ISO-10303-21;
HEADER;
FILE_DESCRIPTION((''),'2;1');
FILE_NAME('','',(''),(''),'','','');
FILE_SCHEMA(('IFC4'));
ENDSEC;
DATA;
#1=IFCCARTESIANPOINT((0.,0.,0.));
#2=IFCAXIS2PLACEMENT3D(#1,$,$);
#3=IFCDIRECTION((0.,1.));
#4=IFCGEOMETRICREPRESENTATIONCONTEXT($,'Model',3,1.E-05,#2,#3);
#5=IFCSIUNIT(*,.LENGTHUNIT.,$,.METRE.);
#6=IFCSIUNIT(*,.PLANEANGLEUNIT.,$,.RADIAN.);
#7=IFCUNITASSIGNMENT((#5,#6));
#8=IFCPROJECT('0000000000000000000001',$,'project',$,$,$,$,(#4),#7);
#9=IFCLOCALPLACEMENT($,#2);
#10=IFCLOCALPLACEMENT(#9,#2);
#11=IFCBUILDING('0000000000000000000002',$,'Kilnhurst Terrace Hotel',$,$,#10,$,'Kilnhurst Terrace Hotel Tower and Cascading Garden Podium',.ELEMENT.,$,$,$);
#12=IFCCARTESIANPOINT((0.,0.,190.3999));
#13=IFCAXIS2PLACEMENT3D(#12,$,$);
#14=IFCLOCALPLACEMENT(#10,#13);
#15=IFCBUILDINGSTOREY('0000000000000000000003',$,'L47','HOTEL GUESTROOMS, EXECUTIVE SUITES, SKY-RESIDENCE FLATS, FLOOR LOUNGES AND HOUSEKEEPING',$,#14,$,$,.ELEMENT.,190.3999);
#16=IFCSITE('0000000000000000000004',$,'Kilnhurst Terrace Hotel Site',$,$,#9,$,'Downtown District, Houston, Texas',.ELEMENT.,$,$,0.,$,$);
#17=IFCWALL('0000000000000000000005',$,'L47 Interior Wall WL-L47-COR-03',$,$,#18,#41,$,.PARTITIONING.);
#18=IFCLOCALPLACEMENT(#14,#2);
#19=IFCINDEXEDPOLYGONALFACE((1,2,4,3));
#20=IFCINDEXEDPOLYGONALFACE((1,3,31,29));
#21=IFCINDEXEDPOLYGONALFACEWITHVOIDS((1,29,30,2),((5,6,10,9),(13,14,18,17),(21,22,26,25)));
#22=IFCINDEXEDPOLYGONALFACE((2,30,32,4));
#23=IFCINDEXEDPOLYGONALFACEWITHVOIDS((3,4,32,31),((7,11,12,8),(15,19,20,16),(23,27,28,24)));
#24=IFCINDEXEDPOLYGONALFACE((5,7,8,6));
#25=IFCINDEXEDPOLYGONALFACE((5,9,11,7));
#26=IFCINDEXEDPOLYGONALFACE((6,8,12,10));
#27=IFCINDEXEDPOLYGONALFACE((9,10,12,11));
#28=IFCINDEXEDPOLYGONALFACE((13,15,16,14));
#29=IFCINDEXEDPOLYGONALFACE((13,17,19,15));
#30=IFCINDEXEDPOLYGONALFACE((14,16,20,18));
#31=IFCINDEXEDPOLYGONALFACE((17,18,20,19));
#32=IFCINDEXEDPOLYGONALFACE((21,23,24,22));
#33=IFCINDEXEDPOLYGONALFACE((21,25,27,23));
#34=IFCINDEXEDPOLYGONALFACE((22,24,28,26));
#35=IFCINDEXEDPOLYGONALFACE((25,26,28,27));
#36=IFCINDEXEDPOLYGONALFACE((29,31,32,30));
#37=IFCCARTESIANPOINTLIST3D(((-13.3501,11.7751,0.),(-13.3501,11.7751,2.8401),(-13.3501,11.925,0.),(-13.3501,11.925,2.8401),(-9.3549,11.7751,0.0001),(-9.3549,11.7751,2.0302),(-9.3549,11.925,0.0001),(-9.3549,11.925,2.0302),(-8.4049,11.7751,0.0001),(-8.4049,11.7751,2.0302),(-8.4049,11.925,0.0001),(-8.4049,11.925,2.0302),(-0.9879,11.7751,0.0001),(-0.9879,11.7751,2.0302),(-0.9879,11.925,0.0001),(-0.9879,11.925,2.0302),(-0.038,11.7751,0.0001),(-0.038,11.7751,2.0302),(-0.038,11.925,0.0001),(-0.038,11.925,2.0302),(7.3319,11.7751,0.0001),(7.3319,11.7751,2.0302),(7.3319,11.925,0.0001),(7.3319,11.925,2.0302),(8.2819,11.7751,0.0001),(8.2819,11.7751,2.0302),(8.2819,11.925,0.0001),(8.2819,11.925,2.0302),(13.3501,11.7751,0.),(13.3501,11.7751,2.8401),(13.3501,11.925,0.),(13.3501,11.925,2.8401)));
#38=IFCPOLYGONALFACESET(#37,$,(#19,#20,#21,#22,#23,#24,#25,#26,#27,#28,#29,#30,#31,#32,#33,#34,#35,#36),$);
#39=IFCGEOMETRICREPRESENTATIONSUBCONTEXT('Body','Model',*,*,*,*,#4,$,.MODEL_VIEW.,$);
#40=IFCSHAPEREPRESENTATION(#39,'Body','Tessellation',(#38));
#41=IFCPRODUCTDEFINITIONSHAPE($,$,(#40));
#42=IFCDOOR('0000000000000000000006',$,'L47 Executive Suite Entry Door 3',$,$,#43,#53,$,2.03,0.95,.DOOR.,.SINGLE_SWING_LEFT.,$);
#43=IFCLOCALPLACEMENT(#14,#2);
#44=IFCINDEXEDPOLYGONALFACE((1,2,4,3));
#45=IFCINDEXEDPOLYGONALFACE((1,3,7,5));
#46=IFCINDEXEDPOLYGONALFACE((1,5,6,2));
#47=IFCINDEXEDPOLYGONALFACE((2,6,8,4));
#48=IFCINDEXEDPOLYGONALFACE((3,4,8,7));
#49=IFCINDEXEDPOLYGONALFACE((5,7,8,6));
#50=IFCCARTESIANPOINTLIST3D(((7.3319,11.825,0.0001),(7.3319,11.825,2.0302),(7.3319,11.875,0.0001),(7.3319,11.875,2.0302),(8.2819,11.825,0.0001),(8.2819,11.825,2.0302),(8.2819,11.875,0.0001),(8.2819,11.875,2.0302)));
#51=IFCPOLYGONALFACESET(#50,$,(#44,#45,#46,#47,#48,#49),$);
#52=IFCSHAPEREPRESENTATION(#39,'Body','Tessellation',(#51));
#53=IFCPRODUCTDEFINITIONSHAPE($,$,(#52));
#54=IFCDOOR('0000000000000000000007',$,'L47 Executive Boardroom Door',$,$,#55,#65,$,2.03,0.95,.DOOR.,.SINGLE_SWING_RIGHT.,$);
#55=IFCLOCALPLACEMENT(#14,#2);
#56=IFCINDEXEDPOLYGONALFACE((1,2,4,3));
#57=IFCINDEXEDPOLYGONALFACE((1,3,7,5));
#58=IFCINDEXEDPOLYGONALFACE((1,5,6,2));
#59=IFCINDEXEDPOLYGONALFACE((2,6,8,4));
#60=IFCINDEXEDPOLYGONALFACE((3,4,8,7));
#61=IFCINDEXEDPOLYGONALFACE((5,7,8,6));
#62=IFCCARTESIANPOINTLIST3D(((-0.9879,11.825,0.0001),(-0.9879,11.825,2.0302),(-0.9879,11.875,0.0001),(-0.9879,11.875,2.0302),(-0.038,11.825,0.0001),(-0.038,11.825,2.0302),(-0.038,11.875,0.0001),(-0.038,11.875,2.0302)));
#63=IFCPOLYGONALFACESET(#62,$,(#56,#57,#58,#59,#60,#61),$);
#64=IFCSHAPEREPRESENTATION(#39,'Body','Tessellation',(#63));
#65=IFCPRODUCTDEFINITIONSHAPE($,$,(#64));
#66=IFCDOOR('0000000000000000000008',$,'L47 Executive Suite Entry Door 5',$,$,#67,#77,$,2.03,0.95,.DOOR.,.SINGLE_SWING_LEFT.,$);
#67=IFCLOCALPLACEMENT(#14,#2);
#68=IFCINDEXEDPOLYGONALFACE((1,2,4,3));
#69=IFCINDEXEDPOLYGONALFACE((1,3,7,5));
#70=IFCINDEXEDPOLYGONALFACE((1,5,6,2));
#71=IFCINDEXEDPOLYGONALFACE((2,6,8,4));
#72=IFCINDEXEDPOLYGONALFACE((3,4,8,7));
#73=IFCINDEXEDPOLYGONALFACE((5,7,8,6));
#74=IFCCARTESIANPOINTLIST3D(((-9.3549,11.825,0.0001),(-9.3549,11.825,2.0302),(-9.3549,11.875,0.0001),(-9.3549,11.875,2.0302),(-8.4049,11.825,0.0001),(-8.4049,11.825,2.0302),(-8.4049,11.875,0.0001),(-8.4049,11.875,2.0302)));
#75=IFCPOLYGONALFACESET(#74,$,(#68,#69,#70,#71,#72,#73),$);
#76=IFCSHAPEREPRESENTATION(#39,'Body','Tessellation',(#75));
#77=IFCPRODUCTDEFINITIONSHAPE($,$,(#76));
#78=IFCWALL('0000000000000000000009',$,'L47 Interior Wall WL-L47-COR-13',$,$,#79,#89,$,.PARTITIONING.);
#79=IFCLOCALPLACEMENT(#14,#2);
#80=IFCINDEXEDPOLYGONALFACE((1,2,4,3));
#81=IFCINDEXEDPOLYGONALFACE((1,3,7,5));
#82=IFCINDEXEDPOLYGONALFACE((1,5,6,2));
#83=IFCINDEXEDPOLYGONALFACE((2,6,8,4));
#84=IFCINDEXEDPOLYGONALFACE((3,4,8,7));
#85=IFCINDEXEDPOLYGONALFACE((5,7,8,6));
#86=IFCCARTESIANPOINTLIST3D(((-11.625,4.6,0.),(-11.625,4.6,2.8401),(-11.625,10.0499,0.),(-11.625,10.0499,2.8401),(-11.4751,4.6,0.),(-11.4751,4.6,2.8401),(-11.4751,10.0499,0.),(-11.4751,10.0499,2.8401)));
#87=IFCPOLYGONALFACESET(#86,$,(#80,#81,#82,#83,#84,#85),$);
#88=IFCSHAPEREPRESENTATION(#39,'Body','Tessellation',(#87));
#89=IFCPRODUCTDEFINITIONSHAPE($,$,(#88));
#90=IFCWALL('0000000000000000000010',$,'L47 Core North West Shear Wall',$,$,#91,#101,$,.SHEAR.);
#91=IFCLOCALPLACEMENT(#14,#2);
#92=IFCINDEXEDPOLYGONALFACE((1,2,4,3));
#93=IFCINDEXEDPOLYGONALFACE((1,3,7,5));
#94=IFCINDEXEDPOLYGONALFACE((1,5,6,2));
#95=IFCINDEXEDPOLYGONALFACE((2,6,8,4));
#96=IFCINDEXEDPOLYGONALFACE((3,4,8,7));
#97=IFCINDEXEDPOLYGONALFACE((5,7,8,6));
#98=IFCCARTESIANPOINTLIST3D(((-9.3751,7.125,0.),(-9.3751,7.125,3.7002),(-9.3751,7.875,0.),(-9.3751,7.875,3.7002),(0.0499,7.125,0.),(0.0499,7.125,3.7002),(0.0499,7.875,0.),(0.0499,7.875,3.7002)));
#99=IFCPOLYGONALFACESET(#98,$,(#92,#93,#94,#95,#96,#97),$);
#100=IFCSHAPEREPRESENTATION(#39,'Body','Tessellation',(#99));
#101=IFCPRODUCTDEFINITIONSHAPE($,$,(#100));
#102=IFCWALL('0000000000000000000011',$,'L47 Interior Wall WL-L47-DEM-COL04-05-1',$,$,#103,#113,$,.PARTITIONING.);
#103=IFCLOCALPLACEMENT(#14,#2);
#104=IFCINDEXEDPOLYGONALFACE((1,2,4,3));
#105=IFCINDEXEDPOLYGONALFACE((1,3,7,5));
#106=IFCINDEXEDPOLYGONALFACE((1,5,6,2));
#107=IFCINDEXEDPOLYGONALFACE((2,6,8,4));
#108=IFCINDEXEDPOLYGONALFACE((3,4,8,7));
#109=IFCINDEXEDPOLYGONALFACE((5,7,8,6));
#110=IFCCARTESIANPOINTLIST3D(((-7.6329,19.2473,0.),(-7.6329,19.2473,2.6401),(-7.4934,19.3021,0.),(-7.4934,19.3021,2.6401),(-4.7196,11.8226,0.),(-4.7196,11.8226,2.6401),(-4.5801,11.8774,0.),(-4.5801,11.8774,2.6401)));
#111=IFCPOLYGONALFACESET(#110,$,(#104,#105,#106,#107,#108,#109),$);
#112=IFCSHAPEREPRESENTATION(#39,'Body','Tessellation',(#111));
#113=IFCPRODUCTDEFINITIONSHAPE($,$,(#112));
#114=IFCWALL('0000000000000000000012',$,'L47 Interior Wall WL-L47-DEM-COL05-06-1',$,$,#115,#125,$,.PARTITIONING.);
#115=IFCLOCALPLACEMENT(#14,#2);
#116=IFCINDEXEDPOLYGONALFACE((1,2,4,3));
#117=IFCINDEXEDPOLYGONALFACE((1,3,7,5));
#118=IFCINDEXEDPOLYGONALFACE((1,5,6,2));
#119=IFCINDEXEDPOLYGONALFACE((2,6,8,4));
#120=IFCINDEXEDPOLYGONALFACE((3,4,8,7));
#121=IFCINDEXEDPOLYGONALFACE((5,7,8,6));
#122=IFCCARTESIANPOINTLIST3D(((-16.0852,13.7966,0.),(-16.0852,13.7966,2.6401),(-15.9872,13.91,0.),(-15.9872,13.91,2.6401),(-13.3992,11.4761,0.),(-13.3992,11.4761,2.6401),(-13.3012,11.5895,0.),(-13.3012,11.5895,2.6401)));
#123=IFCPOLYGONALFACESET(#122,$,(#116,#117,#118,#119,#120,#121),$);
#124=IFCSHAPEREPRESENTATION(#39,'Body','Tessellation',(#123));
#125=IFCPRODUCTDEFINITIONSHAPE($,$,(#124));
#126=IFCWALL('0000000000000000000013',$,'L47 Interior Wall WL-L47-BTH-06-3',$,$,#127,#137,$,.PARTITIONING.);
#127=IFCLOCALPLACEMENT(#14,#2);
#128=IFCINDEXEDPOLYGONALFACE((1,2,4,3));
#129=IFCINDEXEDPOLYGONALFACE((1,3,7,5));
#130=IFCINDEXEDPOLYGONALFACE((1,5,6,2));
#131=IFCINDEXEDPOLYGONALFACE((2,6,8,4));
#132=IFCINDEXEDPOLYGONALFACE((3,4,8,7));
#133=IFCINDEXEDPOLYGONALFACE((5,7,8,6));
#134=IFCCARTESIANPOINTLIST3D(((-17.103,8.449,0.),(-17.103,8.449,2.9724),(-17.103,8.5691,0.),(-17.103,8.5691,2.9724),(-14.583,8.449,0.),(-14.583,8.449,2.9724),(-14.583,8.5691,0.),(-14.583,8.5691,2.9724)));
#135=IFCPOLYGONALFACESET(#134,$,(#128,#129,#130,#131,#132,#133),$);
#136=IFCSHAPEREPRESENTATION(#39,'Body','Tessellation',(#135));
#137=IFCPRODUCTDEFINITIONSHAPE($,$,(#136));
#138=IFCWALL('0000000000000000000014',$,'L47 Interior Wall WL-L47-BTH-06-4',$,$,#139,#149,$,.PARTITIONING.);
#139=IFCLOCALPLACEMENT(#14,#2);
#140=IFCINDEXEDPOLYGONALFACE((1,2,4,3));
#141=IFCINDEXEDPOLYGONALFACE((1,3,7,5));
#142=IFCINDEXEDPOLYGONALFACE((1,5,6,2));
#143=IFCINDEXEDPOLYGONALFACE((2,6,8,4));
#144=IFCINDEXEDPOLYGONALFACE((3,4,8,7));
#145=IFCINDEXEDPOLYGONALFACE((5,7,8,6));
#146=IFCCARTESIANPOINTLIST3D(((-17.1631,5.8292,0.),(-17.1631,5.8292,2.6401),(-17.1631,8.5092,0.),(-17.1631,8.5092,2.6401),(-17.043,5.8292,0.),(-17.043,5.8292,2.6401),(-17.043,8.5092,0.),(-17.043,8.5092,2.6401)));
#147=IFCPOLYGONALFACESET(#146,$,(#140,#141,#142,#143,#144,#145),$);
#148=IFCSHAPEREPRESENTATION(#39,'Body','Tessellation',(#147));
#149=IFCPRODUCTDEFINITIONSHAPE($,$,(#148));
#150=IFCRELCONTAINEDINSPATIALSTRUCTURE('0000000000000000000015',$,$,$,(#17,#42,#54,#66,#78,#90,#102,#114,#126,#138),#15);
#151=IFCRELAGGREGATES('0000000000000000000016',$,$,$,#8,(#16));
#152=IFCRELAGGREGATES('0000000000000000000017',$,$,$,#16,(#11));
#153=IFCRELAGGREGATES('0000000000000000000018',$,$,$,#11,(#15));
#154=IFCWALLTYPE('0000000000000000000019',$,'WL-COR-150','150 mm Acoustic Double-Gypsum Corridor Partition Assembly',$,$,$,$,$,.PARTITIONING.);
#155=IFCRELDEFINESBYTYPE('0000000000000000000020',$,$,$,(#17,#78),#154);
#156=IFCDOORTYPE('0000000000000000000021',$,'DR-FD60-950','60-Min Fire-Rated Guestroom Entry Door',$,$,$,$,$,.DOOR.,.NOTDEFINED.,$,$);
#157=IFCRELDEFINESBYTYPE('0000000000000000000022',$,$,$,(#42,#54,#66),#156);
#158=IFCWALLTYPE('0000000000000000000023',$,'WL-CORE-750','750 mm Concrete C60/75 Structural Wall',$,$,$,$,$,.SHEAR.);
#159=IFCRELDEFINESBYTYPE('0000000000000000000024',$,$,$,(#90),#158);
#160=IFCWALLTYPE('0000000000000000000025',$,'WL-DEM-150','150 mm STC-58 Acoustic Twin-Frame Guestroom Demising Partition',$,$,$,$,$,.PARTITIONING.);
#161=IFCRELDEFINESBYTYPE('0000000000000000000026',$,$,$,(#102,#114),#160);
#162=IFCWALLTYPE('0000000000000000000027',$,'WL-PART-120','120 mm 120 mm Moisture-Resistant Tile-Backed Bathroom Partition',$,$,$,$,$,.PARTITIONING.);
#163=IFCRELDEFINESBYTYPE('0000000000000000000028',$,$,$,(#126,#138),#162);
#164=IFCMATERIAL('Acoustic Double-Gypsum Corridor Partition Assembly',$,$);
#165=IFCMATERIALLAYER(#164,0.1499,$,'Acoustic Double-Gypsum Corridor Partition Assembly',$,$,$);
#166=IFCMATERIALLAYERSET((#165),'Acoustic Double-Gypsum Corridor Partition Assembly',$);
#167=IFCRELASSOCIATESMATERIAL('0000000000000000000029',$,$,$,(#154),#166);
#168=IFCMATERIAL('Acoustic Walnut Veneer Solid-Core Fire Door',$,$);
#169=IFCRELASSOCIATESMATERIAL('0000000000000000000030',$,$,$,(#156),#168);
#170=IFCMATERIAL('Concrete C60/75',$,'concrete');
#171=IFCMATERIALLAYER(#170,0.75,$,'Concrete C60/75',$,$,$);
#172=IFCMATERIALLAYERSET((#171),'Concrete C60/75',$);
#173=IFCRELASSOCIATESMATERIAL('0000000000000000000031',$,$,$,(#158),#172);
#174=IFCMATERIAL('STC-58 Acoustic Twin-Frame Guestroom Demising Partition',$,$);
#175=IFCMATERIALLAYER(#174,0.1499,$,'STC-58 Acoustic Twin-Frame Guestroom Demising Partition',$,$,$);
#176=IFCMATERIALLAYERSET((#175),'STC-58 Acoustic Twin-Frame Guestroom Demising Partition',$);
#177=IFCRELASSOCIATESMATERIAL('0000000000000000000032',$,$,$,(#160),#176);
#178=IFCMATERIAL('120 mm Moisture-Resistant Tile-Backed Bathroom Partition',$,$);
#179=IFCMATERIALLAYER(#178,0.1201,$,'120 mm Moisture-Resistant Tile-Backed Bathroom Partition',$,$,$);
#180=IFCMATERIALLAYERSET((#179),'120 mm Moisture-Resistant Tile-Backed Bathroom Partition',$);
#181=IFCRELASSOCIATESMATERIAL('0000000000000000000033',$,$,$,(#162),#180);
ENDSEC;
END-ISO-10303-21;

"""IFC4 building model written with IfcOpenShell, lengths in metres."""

from ifc_helpers import new_model, si_unit, direction, frame, frame_2d, origin, place, context, subcontext, project, spatial, rectangle, extrude, material, layer, layer_set, type_object, element, fill, save


model = new_model("IFC4")

# Units and contexts
model_context = context("Model", 3, precision=1e-05, world=origin(), true_north=direction((0.0, 1.0)))
body_context = subcontext(model_context, "Body", "Model", "MODEL_VIEW")
ifc_project = project(units=[si_unit("LENGTHUNIT", "METRE"), si_unit("PLANEANGLEUNIT", "RADIAN")], contexts=[model_context])

# Site, building, storey
site_placement = place(None, origin())
site = spatial("IfcSite", under=ifc_project, at=site_placement, Name="Kilnhurst Terrace Hotel Site", LongName="Downtown District, Houston, Texas", CompositionType="ELEMENT", RefElevation=0.0)
building_placement = place(site_placement, origin())
building = spatial("IfcBuilding", under=site, at=building_placement, Name="Kilnhurst Terrace Hotel", LongName="Kilnhurst Terrace Hotel Tower and Cascading Garden Podium", CompositionType="ELEMENT")
storey_placement = place(building_placement, frame((0.0, 0.0, 190.3999)))
storey = spatial("IfcBuildingStorey", under=building, at=storey_placement, Name="L47", Description="HOTEL GUESTROOMS, EXECUTIVE SUITES, SKY-RESIDENCE FLATS, FLOOR LOUNGES AND HOUSEKEEPING", CompositionType="ELEMENT", Elevation=190.3999)

# Wall, openings, doors
ifc_material_1 = material(Name="Acoustic Double-Gypsum Corridor Partition Assembly")
ifc_layer_1 = layer(ifc_material_1, 0.1499, Name="Acoustic Double-Gypsum Corridor Partition Assembly")
ifc_layer_set_1 = layer_set([ifc_layer_1], Name="Acoustic Double-Gypsum Corridor Partition Assembly")
wall_type_1 = type_object("IfcWallType", Name="WL-COR-150", Description="150 mm Acoustic Double-Gypsum Corridor Partition Assembly", PredefinedType="PARTITIONING", material=ifc_layer_set_1)
wall_1_placement = place(storey_placement, frame((-13.3501, 11.8501, 0.0), z_axis=(0.0, 0.0, 1.0), x_axis=(1.0, 0.0, 0.0)))
wall_1 = element("IfcWall", 1, at=wall_1_placement, inside=storey, type_object=wall_type_1, Name="L47 Interior Wall WL-L47-COR-03", PredefinedType="PARTITIONING", context=body_context, shape_type="SweptSolid", body=[
    extrude(rectangle(XDim=26.7002, YDim=0.1499, at=frame_2d((13.3501, 0.0))), origin(), (0.0, 0.0, 1.0), 2.8401),
])
opening_1_placement = place(wall_1_placement, frame((20.6819, 0.0, 0.0)))
opening_1 = element("IfcOpeningElement", 2, at=opening_1_placement, cuts=wall_1, PredefinedType="OPENING", context=body_context, shape_type="SweptSolid", body=[
    extrude(rectangle(XDim=0.95, YDim=2.03, at=frame_2d((0.4751, 1.0151))), frame((0.0, 0.085, 0.0), z_axis=(0.0, -1.0, 0.0), x_axis=(1.0, 0.0, 0.0)), (0.0, 0.0, 1.0), 0.1699),
])
opening_2_placement = place(wall_1_placement, frame((12.3621, 0.0, 0.0)))
opening_2 = element("IfcOpeningElement", 3, at=opening_2_placement, cuts=wall_1, PredefinedType="OPENING", context=body_context, shape_type="SweptSolid", body=[
    extrude(rectangle(XDim=0.95, YDim=2.03, at=frame_2d((0.4751, 1.0151))), frame((0.0, 0.085, 0.0), z_axis=(0.0, -1.0, 0.0), x_axis=(1.0, 0.0, 0.0)), (0.0, 0.0, 1.0), 0.1699),
])
opening_3_placement = place(wall_1_placement, frame((3.9951, 0.0, 0.0)))
opening_3 = element("IfcOpeningElement", 4, at=opening_3_placement, cuts=wall_1, PredefinedType="OPENING", context=body_context, shape_type="SweptSolid", body=[
    extrude(rectangle(XDim=0.95, YDim=2.03, at=frame_2d((0.4751, 1.0151))), frame((0.0, 0.085, 0.0), z_axis=(0.0, -1.0, 0.0), x_axis=(1.0, 0.0, 0.0)), (0.0, 0.0, 1.0), 0.1699),
])
ifc_material_2 = material(Name="Acoustic Walnut Veneer Solid-Core Fire Door")
door_type = type_object("IfcDoorType", Name="DR-FD60-950", Description="60-Min Fire-Rated Guestroom Entry Door", OperationType="NOTDEFINED", PredefinedType="DOOR", material=ifc_material_2)
door_1_placement = place(opening_1_placement, origin())
door_1 = element("IfcDoor", 5, at=door_1_placement, inside=storey, type_object=door_type, Name="L47 Executive Suite Entry Door 3", OperationType="SINGLE_SWING_LEFT", OverallHeight=2.03, OverallWidth=0.95, PredefinedType="DOOR", context=body_context, shape_type="SweptSolid", body=[
    extrude(rectangle(XDim=0.95, YDim=2.03, at=frame_2d((0.4751, 1.0151))), frame((0.0, 0.0249, 0.0), z_axis=(0.0, -1.0, 0.0), x_axis=(1.0, 0.0, 0.0)), (0.0, 0.0, 1.0), 0.05),
])
fill(opening_1, door_1)
door_2_placement = place(opening_2_placement, origin())
door_2 = element("IfcDoor", 6, at=door_2_placement, inside=storey, type_object=door_type, Name="L47 Executive Boardroom Door", OperationType="SINGLE_SWING_RIGHT", OverallHeight=2.03, OverallWidth=0.95, PredefinedType="DOOR", context=body_context, shape_type="SweptSolid", body=[
    extrude(rectangle(XDim=0.95, YDim=2.03, at=frame_2d((0.4751, 1.0151))), frame((0.0, 0.0249, 0.0), z_axis=(0.0, -1.0, 0.0), x_axis=(1.0, 0.0, 0.0)), (0.0, 0.0, 1.0), 0.05),
])
fill(opening_2, door_2)
door_3_placement = place(opening_3_placement, origin())
door_3 = element("IfcDoor", 7, at=door_3_placement, inside=storey, type_object=door_type, Name="L47 Executive Suite Entry Door 5", OperationType="SINGLE_SWING_LEFT", OverallHeight=2.03, OverallWidth=0.95, PredefinedType="DOOR", context=body_context, shape_type="SweptSolid", body=[
    extrude(rectangle(XDim=0.95, YDim=2.03, at=frame_2d((0.4751, 1.0151))), frame((0.0, 0.0249, 0.0), z_axis=(0.0, -1.0, 0.0), x_axis=(1.0, 0.0, 0.0)), (0.0, 0.0, 1.0), 0.05),
])
fill(opening_3, door_3)

# Walls
wall_2_placement = place(storey_placement, frame((-11.55, 10.05, 0.0), z_axis=(0.0, 0.0, 1.0), x_axis=(0.0, -1.0, 0.0)))
element("IfcWall", 8, at=wall_2_placement, inside=storey, type_object=wall_type_1, Name="L47 Interior Wall WL-L47-COR-13", PredefinedType="PARTITIONING", context=body_context, shape_type="SweptSolid", body=[
    extrude(rectangle(XDim=5.45, YDim=0.1499, at=frame_2d((2.7251, 0.0))), origin(), (0.0, 0.0, 1.0), 2.8401),
])
ifc_material_3 = material(Name="Concrete C60/75", Category="concrete")
ifc_layer_2 = layer(ifc_material_3, 0.75, Name="Concrete C60/75")
ifc_layer_set_2 = layer_set([ifc_layer_2], Name="Concrete C60/75")
wall_type_2 = type_object("IfcWallType", Name="WL-CORE-750", Description="750 mm Concrete C60/75 Structural Wall", PredefinedType="SHEAR", material=ifc_layer_set_2)
wall_3_placement = place(storey_placement, frame((-9.375, 7.5, 0.0), z_axis=(0.0, 0.0, 1.0), x_axis=(1.0, 0.0, 0.0)))
element("IfcWall", 9, at=wall_3_placement, inside=storey, type_object=wall_type_2, Name="L47 Core North West Shear Wall", PredefinedType="SHEAR", context=body_context, shape_type="SweptSolid", body=[
    extrude(rectangle(XDim=9.425, YDim=0.75, at=frame_2d((4.7124, 0.0))), origin(), (0.0, 0.0, 1.0), 3.7002),
])
ifc_material_4 = material(Name="STC-58 Acoustic Twin-Frame Guestroom Demising Partition")
ifc_layer_3 = layer(ifc_material_4, 0.1499, Name="STC-58 Acoustic Twin-Frame Guestroom Demising Partition")
ifc_layer_set_3 = layer_set([ifc_layer_3], Name="STC-58 Acoustic Twin-Frame Guestroom Demising Partition")
wall_type_3 = type_object("IfcWallType", Name="WL-DEM-150", Description="150 mm STC-58 Acoustic Twin-Frame Guestroom Demising Partition", PredefinedType="PARTITIONING", material=ifc_layer_set_3)
wall_4_placement = place(storey_placement, frame((-4.6499, 11.8501, 0.0), z_axis=(0.0, 0.0, 1.0), x_axis=(-0.365266, 0.930903, 0.0)))
element("IfcWall", 10, at=wall_4_placement, inside=storey, type_object=wall_type_3, Name="L47 Interior Wall WL-L47-DEM-COL04-05-1", PredefinedType="PARTITIONING", context=body_context, shape_type="SweptSolid", body=[
    extrude(rectangle(XDim=7.9758, YDim=0.1499, at=frame_2d((3.9878, 0.0))), origin(), (0.0, 0.0, 1.0), 2.6401),
])
wall_5_placement = place(storey_placement, frame((-13.3501, 11.5327, 0.0), z_axis=(0.0, 0.0, 1.0), x_axis=(-0.756712, 0.653749, 0.0)))
element("IfcWall", 11, at=wall_5_placement, inside=storey, type_object=wall_type_3, Name="L47 Interior Wall WL-L47-DEM-COL05-06-1", PredefinedType="PARTITIONING", context=body_context, shape_type="SweptSolid", body=[
    extrude(rectangle(XDim=3.5496, YDim=0.1499, at=frame_2d((1.7749, 0.0))), origin(), (0.0, 0.0, 1.0), 2.6401),
])
ifc_material_5 = material(Name="120 mm Moisture-Resistant Tile-Backed Bathroom Partition")
ifc_layer_4 = layer(ifc_material_5, 0.1201, Name="120 mm Moisture-Resistant Tile-Backed Bathroom Partition")
ifc_layer_set_4 = layer_set([ifc_layer_4], Name="120 mm Moisture-Resistant Tile-Backed Bathroom Partition")
wall_type_4 = type_object("IfcWallType", Name="WL-PART-120", Description="120 mm 120 mm Moisture-Resistant Tile-Backed Bathroom Partition", PredefinedType="PARTITIONING", material=ifc_layer_set_4)
wall_6_placement = place(storey_placement, frame((-14.583, 8.509, 0.0), z_axis=(0.0, 0.0, 1.0), x_axis=(-1.0, 0.0, 0.0)))
element("IfcWall", 12, at=wall_6_placement, inside=storey, type_object=wall_type_4, Name="L47 Interior Wall WL-L47-BTH-06-3", PredefinedType="PARTITIONING", context=body_context, shape_type="SweptSolid", body=[
    extrude(rectangle(XDim=2.52, YDim=0.1201, at=frame_2d((1.26, 0.0))), origin(), (0.0, 0.0, 1.0), 2.9724),
])
wall_7_placement = place(storey_placement, frame((-17.103, 8.509, 0.0), z_axis=(0.0, 0.0, 1.0), x_axis=(0.0, -1.0, 0.0)))
element("IfcWall", 13, at=wall_7_placement, inside=storey, type_object=wall_type_4, Name="L47 Interior Wall WL-L47-BTH-06-4", PredefinedType="PARTITIONING", context=body_context, shape_type="SweptSolid", body=[
    extrude(rectangle(XDim=2.6799, YDim=0.1201, at=frame_2d((1.3398, 0.0))), origin(), (0.0, 0.0, 1.0), 2.6401),
])

save(model, "model.ifc")
